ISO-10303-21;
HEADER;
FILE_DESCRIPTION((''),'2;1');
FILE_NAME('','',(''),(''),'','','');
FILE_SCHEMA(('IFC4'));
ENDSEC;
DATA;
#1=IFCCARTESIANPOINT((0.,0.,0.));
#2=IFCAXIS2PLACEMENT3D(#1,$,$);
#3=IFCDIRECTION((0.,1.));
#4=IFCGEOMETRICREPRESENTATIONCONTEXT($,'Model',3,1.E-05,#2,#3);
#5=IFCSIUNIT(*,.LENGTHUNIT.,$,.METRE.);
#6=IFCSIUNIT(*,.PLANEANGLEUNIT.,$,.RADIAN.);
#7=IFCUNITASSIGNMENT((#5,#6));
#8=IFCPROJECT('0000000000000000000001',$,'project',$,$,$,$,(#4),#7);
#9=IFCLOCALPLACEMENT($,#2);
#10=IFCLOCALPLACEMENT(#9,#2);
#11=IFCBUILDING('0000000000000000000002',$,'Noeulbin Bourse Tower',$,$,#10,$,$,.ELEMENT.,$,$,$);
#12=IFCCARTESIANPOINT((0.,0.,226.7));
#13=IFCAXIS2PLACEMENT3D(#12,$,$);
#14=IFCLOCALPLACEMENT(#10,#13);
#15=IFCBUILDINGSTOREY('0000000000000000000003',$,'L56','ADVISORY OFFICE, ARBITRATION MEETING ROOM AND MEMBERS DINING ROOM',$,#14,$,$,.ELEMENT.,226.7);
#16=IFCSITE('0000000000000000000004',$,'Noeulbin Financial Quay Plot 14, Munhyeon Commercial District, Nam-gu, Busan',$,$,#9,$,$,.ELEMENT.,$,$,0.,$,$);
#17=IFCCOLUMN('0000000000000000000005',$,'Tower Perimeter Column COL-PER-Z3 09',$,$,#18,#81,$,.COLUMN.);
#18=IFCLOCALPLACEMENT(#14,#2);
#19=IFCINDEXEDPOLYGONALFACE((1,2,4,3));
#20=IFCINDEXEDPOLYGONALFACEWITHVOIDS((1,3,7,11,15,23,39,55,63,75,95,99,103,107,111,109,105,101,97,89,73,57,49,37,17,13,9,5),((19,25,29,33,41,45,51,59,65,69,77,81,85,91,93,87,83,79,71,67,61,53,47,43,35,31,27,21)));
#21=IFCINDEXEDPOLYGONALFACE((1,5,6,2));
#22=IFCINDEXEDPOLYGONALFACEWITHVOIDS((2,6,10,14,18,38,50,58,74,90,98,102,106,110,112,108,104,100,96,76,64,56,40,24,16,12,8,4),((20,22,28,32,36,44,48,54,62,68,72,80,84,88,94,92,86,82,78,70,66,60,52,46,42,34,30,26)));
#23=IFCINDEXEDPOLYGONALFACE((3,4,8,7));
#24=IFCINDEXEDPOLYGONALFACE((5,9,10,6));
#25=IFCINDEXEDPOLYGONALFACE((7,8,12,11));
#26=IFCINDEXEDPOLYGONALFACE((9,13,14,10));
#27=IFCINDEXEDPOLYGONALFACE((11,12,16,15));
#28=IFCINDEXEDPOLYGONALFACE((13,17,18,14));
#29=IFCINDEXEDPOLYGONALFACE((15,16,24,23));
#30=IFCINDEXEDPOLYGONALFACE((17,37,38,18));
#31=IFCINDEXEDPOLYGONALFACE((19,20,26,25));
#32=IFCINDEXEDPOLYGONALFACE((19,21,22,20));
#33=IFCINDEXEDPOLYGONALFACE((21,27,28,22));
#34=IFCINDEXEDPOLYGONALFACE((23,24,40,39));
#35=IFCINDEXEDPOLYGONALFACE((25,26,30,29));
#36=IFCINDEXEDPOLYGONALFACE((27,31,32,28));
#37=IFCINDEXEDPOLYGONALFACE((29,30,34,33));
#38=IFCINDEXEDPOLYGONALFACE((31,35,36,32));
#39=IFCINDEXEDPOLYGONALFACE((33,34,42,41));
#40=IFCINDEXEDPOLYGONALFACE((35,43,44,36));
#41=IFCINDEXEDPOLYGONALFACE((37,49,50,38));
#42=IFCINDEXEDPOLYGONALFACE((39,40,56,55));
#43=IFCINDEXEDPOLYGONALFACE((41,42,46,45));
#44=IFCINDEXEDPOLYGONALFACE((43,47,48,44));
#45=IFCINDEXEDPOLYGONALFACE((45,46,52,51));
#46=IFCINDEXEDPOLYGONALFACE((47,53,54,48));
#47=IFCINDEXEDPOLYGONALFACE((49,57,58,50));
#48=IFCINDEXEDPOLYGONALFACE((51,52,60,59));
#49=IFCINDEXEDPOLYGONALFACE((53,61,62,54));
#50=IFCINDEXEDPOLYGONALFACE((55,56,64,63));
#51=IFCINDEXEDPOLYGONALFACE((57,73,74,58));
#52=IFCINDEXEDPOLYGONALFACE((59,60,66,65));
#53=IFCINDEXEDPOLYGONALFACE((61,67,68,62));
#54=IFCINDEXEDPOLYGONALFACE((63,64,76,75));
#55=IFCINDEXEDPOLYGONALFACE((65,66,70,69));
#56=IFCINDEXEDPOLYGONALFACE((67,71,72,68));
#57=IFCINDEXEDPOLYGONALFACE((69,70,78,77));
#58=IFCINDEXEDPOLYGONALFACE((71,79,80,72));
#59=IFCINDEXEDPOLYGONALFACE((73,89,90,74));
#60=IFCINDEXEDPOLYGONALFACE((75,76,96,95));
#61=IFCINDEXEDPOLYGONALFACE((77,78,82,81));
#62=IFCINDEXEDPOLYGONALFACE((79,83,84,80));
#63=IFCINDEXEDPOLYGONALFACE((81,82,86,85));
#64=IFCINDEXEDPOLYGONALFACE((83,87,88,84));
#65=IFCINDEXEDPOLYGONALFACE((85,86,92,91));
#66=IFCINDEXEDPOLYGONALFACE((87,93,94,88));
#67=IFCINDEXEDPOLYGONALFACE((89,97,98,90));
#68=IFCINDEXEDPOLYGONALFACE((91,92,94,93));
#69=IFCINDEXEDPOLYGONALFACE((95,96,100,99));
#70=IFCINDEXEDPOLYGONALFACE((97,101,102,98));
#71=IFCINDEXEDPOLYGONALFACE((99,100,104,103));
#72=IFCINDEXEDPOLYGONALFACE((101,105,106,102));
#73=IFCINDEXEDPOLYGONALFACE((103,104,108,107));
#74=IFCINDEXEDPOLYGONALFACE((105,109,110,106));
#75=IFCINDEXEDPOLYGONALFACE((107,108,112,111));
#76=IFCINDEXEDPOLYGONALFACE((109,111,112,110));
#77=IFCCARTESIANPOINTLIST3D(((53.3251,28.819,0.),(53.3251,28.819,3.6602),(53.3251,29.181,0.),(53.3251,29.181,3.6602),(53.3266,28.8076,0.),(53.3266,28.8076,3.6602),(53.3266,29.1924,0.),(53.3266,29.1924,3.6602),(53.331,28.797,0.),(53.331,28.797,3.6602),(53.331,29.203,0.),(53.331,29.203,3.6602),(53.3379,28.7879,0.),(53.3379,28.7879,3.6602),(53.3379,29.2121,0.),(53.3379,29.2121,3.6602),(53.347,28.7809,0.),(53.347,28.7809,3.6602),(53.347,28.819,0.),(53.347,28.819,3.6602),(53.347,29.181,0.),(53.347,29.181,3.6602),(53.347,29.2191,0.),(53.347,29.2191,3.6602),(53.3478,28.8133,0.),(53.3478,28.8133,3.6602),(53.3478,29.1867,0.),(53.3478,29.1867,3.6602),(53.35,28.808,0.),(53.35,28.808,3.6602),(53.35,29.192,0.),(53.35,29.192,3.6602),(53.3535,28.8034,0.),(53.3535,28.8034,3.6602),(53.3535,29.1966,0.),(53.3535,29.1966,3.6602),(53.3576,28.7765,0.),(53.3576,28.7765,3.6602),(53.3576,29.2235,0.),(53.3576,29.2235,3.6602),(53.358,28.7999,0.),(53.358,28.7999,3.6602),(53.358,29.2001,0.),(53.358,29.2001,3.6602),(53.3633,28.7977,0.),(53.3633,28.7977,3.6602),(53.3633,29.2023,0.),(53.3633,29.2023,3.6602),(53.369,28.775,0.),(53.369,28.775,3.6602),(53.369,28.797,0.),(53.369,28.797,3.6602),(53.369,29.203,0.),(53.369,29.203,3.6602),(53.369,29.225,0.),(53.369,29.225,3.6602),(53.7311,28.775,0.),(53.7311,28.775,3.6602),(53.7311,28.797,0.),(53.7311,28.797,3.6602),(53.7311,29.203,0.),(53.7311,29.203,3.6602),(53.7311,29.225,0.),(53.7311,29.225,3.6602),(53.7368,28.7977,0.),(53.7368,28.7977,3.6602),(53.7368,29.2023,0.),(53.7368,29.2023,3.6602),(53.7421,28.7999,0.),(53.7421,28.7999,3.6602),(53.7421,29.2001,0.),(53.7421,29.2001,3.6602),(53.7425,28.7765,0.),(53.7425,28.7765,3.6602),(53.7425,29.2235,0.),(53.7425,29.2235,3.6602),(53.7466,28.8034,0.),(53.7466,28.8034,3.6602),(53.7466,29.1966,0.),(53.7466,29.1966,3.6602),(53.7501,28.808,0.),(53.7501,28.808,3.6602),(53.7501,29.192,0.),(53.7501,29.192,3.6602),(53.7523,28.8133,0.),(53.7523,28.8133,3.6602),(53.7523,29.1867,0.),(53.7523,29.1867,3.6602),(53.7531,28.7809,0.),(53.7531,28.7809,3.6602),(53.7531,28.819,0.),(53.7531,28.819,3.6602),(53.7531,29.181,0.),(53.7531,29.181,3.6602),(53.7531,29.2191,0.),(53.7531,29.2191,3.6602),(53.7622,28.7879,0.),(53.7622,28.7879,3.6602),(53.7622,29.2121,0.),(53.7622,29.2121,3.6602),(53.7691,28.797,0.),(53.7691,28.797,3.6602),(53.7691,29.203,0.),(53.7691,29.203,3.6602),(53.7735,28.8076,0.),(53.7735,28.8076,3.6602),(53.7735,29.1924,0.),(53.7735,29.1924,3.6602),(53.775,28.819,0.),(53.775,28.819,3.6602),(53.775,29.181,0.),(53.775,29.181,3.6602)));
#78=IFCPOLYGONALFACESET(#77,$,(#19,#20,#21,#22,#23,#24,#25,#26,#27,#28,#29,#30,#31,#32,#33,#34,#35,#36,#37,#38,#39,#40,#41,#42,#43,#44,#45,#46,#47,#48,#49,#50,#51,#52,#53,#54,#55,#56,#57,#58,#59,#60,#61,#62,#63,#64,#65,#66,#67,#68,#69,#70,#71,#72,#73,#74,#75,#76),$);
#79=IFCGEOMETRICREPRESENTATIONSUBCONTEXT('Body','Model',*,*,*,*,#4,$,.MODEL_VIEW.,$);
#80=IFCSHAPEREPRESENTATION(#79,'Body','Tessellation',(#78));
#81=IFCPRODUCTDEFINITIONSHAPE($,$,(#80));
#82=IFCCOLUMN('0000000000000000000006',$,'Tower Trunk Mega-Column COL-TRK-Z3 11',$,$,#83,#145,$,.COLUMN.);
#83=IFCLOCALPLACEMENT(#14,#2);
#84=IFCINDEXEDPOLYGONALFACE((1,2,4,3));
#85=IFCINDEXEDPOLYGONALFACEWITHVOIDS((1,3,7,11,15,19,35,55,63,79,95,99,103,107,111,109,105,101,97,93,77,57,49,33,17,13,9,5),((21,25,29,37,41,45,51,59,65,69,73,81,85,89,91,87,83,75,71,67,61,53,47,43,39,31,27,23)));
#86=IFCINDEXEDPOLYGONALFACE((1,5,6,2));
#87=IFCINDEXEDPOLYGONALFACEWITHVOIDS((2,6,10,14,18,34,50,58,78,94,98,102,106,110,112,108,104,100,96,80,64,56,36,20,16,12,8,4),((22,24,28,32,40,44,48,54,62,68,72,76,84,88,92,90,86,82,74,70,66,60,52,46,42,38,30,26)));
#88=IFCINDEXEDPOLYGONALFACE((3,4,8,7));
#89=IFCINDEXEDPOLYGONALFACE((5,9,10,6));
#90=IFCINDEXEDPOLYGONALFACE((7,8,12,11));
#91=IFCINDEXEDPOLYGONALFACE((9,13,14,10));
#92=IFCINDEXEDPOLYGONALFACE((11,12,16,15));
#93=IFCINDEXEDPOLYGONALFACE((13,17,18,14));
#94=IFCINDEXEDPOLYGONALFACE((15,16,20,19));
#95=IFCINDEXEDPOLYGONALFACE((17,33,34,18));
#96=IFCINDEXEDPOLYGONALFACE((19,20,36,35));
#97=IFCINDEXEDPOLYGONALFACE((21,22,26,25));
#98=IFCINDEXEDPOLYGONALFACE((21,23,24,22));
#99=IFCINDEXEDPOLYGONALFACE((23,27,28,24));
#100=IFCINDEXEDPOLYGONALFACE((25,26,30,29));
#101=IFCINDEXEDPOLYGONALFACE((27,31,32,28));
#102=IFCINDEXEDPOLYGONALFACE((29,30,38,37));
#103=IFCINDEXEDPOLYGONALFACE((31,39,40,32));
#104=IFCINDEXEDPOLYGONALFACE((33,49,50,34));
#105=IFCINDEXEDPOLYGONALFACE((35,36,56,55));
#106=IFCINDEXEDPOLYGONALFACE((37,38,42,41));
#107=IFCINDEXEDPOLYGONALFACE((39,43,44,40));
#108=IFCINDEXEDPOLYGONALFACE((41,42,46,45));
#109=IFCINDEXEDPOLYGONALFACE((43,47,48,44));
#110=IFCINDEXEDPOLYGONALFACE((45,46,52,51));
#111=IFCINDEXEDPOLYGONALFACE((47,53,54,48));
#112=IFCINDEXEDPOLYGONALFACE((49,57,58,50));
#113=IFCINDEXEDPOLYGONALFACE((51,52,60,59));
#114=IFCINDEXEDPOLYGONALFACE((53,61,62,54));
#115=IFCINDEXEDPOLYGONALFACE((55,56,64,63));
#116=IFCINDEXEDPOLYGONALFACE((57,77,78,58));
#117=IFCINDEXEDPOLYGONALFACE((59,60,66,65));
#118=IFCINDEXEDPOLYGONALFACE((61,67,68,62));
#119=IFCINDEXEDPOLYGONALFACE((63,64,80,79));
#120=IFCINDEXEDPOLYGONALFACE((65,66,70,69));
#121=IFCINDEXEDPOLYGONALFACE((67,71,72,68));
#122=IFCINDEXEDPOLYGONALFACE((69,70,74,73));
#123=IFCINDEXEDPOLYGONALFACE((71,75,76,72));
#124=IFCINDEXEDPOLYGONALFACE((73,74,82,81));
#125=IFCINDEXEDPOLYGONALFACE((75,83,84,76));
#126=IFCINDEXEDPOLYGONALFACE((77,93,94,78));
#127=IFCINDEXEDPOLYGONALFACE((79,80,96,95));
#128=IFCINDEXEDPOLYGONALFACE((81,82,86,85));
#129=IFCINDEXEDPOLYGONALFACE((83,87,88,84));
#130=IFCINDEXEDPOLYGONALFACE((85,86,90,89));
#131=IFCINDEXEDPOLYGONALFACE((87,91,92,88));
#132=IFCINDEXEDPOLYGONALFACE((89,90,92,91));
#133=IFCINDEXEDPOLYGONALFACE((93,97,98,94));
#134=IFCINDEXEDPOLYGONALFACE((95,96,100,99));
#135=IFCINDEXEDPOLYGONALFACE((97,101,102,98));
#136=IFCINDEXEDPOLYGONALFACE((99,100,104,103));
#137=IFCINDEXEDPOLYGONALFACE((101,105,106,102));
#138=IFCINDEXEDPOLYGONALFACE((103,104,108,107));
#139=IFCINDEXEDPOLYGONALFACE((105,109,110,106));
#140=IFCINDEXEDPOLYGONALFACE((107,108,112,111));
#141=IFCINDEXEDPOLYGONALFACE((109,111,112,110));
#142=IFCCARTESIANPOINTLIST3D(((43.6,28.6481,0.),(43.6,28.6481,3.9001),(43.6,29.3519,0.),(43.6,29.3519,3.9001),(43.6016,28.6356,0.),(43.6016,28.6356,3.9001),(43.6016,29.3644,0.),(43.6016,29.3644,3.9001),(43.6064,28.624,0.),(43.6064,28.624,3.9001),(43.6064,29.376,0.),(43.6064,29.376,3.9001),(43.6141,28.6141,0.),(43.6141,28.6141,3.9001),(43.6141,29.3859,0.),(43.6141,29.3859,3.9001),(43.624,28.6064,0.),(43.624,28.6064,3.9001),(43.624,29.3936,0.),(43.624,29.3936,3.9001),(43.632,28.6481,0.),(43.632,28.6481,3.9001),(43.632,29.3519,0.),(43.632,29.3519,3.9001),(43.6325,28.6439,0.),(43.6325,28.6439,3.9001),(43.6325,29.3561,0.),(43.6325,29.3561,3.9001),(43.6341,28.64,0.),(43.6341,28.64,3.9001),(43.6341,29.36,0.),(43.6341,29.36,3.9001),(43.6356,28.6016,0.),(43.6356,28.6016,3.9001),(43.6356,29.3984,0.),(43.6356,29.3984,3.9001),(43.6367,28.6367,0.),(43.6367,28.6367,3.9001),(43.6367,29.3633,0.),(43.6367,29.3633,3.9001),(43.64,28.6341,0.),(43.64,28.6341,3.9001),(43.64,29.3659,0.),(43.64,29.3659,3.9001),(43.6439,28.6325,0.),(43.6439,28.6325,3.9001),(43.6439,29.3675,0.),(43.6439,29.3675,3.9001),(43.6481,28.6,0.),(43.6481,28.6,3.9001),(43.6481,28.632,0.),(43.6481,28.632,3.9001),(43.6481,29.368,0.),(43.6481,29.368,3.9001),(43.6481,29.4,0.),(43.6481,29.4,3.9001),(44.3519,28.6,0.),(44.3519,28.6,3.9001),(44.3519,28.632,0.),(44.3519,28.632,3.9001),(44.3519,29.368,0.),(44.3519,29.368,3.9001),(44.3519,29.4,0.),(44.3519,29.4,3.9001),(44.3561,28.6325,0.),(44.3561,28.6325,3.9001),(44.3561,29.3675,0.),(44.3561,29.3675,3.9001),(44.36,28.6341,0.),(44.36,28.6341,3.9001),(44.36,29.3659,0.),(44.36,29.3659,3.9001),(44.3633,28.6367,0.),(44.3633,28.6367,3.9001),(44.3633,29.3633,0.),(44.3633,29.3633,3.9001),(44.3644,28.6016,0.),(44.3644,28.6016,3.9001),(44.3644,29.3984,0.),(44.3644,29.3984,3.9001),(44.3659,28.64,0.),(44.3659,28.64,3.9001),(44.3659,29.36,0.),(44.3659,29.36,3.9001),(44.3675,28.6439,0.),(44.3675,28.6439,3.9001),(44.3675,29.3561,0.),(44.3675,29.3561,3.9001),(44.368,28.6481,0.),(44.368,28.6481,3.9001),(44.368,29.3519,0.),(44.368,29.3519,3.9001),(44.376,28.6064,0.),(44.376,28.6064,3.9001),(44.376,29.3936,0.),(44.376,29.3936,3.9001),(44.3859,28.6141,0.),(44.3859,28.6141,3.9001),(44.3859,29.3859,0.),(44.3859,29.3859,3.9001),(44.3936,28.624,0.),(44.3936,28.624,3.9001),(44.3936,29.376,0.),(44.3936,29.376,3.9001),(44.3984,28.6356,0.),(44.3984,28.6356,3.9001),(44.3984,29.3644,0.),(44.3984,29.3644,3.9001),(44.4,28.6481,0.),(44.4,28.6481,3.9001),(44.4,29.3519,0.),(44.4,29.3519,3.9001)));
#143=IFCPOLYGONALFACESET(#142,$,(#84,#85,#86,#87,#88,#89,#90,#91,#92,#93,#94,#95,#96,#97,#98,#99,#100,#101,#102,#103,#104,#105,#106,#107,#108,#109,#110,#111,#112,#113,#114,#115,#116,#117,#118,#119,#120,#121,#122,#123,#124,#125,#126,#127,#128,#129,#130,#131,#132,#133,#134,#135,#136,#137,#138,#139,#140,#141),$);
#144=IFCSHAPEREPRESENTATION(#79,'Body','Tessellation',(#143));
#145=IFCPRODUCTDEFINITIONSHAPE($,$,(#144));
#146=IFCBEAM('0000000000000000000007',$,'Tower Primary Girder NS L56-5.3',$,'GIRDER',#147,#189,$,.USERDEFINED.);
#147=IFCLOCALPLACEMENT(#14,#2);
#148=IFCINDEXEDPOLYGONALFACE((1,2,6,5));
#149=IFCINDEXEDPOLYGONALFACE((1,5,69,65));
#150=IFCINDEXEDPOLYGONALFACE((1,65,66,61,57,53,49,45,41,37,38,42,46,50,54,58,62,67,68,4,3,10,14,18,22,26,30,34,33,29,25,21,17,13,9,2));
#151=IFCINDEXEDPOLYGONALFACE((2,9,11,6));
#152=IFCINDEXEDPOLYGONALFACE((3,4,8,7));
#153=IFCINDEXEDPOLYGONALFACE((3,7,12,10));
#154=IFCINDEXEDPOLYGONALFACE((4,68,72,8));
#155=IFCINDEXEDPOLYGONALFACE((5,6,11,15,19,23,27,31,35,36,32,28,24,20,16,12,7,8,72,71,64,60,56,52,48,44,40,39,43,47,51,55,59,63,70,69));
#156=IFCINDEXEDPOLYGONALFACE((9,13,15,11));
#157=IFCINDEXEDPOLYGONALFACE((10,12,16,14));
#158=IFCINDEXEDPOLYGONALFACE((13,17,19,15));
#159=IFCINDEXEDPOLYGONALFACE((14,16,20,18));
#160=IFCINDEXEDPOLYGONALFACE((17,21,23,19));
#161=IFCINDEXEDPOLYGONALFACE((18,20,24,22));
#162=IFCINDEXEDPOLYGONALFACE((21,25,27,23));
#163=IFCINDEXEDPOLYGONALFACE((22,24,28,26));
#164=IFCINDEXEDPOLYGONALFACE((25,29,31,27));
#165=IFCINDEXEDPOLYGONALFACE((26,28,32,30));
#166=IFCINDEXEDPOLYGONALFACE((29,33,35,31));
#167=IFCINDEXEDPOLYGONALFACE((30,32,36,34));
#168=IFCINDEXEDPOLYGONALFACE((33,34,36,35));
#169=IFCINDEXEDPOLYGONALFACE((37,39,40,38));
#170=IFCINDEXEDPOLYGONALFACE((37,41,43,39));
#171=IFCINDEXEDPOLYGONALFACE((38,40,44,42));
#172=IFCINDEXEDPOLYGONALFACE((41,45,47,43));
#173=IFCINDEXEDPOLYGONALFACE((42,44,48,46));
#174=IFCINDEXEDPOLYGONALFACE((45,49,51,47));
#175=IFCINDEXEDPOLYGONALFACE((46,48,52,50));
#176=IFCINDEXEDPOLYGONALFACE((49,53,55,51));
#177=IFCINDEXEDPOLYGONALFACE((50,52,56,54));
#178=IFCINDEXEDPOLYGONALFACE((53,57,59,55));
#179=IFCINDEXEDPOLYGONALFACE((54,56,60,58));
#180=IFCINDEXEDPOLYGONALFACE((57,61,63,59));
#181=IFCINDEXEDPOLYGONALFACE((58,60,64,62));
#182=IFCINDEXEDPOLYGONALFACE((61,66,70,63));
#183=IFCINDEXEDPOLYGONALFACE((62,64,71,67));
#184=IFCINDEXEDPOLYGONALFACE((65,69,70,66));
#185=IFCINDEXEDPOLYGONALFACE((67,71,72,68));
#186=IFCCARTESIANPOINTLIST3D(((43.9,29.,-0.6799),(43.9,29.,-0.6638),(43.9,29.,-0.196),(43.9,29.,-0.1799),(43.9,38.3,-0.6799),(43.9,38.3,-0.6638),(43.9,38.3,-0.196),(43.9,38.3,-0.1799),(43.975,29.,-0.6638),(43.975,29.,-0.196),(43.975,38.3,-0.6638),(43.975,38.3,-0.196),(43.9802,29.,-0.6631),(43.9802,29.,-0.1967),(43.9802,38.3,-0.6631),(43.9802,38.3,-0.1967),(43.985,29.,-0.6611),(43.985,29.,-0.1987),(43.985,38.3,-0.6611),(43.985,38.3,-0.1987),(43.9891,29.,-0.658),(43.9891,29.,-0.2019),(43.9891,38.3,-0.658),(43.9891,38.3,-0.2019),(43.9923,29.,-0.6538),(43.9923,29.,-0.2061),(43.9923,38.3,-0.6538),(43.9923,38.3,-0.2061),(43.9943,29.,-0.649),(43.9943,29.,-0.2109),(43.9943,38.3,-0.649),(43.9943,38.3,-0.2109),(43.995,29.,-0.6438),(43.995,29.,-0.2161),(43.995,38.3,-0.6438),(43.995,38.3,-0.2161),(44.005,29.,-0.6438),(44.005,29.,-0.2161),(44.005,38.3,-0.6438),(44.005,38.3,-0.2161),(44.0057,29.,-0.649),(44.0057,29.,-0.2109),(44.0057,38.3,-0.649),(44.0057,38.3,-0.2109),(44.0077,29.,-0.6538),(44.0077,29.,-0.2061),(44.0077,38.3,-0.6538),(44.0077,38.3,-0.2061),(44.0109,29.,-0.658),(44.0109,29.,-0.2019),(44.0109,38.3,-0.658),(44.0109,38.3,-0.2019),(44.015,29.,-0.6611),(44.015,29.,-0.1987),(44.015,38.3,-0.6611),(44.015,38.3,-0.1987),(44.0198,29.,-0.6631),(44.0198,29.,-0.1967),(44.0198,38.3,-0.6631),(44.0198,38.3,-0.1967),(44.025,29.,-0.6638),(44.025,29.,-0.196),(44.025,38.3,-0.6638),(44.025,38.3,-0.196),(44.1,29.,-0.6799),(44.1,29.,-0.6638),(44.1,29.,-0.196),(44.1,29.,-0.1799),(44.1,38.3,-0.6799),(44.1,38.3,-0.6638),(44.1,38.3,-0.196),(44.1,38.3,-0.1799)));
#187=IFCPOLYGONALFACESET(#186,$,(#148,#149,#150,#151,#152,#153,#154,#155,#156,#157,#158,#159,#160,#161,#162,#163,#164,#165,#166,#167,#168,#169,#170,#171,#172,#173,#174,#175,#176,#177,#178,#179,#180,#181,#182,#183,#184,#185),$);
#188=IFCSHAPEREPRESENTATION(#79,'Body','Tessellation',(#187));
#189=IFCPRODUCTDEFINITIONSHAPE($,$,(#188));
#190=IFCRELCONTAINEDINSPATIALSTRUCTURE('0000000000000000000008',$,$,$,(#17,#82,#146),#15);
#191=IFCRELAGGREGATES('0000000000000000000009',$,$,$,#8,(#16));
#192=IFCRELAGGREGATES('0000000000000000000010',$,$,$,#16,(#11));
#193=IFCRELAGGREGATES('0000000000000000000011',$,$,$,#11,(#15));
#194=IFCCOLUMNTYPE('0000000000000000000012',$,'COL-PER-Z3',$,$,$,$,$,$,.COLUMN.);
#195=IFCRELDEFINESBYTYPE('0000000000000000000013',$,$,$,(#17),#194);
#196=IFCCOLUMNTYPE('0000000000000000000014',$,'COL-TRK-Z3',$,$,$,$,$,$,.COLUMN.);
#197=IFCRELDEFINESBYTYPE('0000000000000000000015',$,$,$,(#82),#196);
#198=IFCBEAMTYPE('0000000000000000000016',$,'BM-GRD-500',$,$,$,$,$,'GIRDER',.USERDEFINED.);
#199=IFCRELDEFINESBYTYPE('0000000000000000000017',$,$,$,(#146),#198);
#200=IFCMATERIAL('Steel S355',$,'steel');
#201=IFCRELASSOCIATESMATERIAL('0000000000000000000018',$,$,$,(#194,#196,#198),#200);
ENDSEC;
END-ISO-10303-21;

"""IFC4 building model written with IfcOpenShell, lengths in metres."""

from ifc_helpers import new_model, si_unit, direction, frame, origin, origin_2d, place, context, subcontext, project, spatial, hollow_rectangle, i_section, extrude, material, material_profile, profile_set, type_object, element, save


model = new_model("IFC4")

# Units and contexts
model_context = context("Model", 3, precision=1e-05, world=origin(), true_north=direction((0.0, 1.0)))
body_context = subcontext(model_context, "Body", "Model", "MODEL_VIEW")
ifc_project = project(units=[si_unit("LENGTHUNIT", "METRE"), si_unit("PLANEANGLEUNIT", "RADIAN")], contexts=[model_context])

# Site, building, storey
site_placement = place(None, origin())
site = spatial("IfcSite", under=ifc_project, at=site_placement, Name="Noeulbin Financial Quay Plot 14, Munhyeon Commercial District, Nam-gu, Busan", CompositionType="ELEMENT", RefElevation=0.0)
building_placement = place(site_placement, origin())
building = spatial("IfcBuilding", under=site, at=building_placement, Name="Noeulbin Bourse Tower", CompositionType="ELEMENT")
storey_placement = place(building_placement, frame((0.0, 0.0, 226.7)))
storey = spatial("IfcBuildingStorey", under=building, at=storey_placement, Name="L56", Description="ADVISORY OFFICE, ARBITRATION MEETING ROOM AND MEMBERS DINING ROOM", CompositionType="ELEMENT", Elevation=226.7)

# Columns
ifc_material_1 = material(Name="Steel S355", Category="steel")
ifc_material_profile_1 = material_profile(ifc_material_1, hollow_rectangle(XDim=0.45, YDim=0.45, WallThickness=0.022, InnerFilletRadius=0.022, OuterFilletRadius=0.0439, at=origin_2d()), Name="SHS-450x450x22", Category="LoadBearing")
ifc_profile_set_1 = profile_set([ifc_material_profile_1], Name="Steel S355")
column_type_1 = type_object("IfcColumnType", Name="COL-PER-Z3", PredefinedType="COLUMN", material=ifc_profile_set_1)
column_1_placement = place(storey_placement, frame((53.55, 29.0, 0.0), z_axis=(0.0, 0.0, 1.0), x_axis=(1.0, 0.0, 0.0)))
element("IfcColumn", 1, at=column_1_placement, inside=storey, type_object=column_type_1, Name="Tower Perimeter Column COL-PER-Z3 09", PredefinedType="COLUMN", context=body_context, shape_type="SweptSolid", body=[
    extrude(hollow_rectangle(XDim=0.45, YDim=0.45, WallThickness=0.022, InnerFilletRadius=0.022, OuterFilletRadius=0.0439, at=origin_2d()), origin(), (0.0, 0.0, 1.0), 3.6602),
])
ifc_material_profile_2 = material_profile(ifc_material_1, hollow_rectangle(XDim=0.8, YDim=0.8, WallThickness=0.032, InnerFilletRadius=0.0161, OuterFilletRadius=0.0481, at=origin_2d()), Name="BOX-800x800x32", Category="LoadBearing")
ifc_profile_set_2 = profile_set([ifc_material_profile_2], Name="Steel S355")
column_type_2 = type_object("IfcColumnType", Name="COL-TRK-Z3", PredefinedType="COLUMN", material=ifc_profile_set_2)
column_2_placement = place(storey_placement, frame((44.0, 29.0, 0.0), z_axis=(0.0, 0.0, 1.0), x_axis=(1.0, 0.0, 0.0)))
element("IfcColumn", 2, at=column_2_placement, inside=storey, type_object=column_type_2, Name="Tower Trunk Mega-Column COL-TRK-Z3 11", PredefinedType="COLUMN", context=body_context, shape_type="SweptSolid", body=[
    extrude(hollow_rectangle(XDim=0.8, YDim=0.8, WallThickness=0.032, InnerFilletRadius=0.0161, OuterFilletRadius=0.0481, at=origin_2d()), origin(), (0.0, 0.0, 1.0), 3.9001),
])

# Beam
ifc_material_profile_3 = material_profile(ifc_material_1, i_section(OverallWidth=0.2, OverallDepth=0.5, WebThickness=0.01, FlangeThickness=0.0161, FilletRadius=0.02, at=origin_2d()), Name="H-500x200x10x16", Category="LoadBearing")
ifc_profile_set_3 = profile_set([ifc_material_profile_3], Name="Steel S355")
beam_type_1 = type_object("IfcBeamType", Name="BM-GRD-500", ElementType="GIRDER", PredefinedType="USERDEFINED", material=ifc_profile_set_3)
beam_1_placement = place(storey_placement, frame((44.0, 29.0, -0.4299), z_axis=(0.0, 1.0, 0.0), x_axis=(-1.0, 0.0, 0.0)))
element("IfcBeam", 3, at=beam_1_placement, inside=storey, type_object=beam_type_1, Name="Tower Primary Girder NS L56-5.3", ObjectType="GIRDER", PredefinedType="USERDEFINED", context=body_context, shape_type="SweptSolid", body=[
    extrude(i_section(OverallWidth=0.2, OverallDepth=0.5, WebThickness=0.01, FlangeThickness=0.0161, FilletRadius=0.02, at=origin_2d()), origin(), (0.0, 0.0, 1.0), 9.3),
])

save(model, "model.ifc")
